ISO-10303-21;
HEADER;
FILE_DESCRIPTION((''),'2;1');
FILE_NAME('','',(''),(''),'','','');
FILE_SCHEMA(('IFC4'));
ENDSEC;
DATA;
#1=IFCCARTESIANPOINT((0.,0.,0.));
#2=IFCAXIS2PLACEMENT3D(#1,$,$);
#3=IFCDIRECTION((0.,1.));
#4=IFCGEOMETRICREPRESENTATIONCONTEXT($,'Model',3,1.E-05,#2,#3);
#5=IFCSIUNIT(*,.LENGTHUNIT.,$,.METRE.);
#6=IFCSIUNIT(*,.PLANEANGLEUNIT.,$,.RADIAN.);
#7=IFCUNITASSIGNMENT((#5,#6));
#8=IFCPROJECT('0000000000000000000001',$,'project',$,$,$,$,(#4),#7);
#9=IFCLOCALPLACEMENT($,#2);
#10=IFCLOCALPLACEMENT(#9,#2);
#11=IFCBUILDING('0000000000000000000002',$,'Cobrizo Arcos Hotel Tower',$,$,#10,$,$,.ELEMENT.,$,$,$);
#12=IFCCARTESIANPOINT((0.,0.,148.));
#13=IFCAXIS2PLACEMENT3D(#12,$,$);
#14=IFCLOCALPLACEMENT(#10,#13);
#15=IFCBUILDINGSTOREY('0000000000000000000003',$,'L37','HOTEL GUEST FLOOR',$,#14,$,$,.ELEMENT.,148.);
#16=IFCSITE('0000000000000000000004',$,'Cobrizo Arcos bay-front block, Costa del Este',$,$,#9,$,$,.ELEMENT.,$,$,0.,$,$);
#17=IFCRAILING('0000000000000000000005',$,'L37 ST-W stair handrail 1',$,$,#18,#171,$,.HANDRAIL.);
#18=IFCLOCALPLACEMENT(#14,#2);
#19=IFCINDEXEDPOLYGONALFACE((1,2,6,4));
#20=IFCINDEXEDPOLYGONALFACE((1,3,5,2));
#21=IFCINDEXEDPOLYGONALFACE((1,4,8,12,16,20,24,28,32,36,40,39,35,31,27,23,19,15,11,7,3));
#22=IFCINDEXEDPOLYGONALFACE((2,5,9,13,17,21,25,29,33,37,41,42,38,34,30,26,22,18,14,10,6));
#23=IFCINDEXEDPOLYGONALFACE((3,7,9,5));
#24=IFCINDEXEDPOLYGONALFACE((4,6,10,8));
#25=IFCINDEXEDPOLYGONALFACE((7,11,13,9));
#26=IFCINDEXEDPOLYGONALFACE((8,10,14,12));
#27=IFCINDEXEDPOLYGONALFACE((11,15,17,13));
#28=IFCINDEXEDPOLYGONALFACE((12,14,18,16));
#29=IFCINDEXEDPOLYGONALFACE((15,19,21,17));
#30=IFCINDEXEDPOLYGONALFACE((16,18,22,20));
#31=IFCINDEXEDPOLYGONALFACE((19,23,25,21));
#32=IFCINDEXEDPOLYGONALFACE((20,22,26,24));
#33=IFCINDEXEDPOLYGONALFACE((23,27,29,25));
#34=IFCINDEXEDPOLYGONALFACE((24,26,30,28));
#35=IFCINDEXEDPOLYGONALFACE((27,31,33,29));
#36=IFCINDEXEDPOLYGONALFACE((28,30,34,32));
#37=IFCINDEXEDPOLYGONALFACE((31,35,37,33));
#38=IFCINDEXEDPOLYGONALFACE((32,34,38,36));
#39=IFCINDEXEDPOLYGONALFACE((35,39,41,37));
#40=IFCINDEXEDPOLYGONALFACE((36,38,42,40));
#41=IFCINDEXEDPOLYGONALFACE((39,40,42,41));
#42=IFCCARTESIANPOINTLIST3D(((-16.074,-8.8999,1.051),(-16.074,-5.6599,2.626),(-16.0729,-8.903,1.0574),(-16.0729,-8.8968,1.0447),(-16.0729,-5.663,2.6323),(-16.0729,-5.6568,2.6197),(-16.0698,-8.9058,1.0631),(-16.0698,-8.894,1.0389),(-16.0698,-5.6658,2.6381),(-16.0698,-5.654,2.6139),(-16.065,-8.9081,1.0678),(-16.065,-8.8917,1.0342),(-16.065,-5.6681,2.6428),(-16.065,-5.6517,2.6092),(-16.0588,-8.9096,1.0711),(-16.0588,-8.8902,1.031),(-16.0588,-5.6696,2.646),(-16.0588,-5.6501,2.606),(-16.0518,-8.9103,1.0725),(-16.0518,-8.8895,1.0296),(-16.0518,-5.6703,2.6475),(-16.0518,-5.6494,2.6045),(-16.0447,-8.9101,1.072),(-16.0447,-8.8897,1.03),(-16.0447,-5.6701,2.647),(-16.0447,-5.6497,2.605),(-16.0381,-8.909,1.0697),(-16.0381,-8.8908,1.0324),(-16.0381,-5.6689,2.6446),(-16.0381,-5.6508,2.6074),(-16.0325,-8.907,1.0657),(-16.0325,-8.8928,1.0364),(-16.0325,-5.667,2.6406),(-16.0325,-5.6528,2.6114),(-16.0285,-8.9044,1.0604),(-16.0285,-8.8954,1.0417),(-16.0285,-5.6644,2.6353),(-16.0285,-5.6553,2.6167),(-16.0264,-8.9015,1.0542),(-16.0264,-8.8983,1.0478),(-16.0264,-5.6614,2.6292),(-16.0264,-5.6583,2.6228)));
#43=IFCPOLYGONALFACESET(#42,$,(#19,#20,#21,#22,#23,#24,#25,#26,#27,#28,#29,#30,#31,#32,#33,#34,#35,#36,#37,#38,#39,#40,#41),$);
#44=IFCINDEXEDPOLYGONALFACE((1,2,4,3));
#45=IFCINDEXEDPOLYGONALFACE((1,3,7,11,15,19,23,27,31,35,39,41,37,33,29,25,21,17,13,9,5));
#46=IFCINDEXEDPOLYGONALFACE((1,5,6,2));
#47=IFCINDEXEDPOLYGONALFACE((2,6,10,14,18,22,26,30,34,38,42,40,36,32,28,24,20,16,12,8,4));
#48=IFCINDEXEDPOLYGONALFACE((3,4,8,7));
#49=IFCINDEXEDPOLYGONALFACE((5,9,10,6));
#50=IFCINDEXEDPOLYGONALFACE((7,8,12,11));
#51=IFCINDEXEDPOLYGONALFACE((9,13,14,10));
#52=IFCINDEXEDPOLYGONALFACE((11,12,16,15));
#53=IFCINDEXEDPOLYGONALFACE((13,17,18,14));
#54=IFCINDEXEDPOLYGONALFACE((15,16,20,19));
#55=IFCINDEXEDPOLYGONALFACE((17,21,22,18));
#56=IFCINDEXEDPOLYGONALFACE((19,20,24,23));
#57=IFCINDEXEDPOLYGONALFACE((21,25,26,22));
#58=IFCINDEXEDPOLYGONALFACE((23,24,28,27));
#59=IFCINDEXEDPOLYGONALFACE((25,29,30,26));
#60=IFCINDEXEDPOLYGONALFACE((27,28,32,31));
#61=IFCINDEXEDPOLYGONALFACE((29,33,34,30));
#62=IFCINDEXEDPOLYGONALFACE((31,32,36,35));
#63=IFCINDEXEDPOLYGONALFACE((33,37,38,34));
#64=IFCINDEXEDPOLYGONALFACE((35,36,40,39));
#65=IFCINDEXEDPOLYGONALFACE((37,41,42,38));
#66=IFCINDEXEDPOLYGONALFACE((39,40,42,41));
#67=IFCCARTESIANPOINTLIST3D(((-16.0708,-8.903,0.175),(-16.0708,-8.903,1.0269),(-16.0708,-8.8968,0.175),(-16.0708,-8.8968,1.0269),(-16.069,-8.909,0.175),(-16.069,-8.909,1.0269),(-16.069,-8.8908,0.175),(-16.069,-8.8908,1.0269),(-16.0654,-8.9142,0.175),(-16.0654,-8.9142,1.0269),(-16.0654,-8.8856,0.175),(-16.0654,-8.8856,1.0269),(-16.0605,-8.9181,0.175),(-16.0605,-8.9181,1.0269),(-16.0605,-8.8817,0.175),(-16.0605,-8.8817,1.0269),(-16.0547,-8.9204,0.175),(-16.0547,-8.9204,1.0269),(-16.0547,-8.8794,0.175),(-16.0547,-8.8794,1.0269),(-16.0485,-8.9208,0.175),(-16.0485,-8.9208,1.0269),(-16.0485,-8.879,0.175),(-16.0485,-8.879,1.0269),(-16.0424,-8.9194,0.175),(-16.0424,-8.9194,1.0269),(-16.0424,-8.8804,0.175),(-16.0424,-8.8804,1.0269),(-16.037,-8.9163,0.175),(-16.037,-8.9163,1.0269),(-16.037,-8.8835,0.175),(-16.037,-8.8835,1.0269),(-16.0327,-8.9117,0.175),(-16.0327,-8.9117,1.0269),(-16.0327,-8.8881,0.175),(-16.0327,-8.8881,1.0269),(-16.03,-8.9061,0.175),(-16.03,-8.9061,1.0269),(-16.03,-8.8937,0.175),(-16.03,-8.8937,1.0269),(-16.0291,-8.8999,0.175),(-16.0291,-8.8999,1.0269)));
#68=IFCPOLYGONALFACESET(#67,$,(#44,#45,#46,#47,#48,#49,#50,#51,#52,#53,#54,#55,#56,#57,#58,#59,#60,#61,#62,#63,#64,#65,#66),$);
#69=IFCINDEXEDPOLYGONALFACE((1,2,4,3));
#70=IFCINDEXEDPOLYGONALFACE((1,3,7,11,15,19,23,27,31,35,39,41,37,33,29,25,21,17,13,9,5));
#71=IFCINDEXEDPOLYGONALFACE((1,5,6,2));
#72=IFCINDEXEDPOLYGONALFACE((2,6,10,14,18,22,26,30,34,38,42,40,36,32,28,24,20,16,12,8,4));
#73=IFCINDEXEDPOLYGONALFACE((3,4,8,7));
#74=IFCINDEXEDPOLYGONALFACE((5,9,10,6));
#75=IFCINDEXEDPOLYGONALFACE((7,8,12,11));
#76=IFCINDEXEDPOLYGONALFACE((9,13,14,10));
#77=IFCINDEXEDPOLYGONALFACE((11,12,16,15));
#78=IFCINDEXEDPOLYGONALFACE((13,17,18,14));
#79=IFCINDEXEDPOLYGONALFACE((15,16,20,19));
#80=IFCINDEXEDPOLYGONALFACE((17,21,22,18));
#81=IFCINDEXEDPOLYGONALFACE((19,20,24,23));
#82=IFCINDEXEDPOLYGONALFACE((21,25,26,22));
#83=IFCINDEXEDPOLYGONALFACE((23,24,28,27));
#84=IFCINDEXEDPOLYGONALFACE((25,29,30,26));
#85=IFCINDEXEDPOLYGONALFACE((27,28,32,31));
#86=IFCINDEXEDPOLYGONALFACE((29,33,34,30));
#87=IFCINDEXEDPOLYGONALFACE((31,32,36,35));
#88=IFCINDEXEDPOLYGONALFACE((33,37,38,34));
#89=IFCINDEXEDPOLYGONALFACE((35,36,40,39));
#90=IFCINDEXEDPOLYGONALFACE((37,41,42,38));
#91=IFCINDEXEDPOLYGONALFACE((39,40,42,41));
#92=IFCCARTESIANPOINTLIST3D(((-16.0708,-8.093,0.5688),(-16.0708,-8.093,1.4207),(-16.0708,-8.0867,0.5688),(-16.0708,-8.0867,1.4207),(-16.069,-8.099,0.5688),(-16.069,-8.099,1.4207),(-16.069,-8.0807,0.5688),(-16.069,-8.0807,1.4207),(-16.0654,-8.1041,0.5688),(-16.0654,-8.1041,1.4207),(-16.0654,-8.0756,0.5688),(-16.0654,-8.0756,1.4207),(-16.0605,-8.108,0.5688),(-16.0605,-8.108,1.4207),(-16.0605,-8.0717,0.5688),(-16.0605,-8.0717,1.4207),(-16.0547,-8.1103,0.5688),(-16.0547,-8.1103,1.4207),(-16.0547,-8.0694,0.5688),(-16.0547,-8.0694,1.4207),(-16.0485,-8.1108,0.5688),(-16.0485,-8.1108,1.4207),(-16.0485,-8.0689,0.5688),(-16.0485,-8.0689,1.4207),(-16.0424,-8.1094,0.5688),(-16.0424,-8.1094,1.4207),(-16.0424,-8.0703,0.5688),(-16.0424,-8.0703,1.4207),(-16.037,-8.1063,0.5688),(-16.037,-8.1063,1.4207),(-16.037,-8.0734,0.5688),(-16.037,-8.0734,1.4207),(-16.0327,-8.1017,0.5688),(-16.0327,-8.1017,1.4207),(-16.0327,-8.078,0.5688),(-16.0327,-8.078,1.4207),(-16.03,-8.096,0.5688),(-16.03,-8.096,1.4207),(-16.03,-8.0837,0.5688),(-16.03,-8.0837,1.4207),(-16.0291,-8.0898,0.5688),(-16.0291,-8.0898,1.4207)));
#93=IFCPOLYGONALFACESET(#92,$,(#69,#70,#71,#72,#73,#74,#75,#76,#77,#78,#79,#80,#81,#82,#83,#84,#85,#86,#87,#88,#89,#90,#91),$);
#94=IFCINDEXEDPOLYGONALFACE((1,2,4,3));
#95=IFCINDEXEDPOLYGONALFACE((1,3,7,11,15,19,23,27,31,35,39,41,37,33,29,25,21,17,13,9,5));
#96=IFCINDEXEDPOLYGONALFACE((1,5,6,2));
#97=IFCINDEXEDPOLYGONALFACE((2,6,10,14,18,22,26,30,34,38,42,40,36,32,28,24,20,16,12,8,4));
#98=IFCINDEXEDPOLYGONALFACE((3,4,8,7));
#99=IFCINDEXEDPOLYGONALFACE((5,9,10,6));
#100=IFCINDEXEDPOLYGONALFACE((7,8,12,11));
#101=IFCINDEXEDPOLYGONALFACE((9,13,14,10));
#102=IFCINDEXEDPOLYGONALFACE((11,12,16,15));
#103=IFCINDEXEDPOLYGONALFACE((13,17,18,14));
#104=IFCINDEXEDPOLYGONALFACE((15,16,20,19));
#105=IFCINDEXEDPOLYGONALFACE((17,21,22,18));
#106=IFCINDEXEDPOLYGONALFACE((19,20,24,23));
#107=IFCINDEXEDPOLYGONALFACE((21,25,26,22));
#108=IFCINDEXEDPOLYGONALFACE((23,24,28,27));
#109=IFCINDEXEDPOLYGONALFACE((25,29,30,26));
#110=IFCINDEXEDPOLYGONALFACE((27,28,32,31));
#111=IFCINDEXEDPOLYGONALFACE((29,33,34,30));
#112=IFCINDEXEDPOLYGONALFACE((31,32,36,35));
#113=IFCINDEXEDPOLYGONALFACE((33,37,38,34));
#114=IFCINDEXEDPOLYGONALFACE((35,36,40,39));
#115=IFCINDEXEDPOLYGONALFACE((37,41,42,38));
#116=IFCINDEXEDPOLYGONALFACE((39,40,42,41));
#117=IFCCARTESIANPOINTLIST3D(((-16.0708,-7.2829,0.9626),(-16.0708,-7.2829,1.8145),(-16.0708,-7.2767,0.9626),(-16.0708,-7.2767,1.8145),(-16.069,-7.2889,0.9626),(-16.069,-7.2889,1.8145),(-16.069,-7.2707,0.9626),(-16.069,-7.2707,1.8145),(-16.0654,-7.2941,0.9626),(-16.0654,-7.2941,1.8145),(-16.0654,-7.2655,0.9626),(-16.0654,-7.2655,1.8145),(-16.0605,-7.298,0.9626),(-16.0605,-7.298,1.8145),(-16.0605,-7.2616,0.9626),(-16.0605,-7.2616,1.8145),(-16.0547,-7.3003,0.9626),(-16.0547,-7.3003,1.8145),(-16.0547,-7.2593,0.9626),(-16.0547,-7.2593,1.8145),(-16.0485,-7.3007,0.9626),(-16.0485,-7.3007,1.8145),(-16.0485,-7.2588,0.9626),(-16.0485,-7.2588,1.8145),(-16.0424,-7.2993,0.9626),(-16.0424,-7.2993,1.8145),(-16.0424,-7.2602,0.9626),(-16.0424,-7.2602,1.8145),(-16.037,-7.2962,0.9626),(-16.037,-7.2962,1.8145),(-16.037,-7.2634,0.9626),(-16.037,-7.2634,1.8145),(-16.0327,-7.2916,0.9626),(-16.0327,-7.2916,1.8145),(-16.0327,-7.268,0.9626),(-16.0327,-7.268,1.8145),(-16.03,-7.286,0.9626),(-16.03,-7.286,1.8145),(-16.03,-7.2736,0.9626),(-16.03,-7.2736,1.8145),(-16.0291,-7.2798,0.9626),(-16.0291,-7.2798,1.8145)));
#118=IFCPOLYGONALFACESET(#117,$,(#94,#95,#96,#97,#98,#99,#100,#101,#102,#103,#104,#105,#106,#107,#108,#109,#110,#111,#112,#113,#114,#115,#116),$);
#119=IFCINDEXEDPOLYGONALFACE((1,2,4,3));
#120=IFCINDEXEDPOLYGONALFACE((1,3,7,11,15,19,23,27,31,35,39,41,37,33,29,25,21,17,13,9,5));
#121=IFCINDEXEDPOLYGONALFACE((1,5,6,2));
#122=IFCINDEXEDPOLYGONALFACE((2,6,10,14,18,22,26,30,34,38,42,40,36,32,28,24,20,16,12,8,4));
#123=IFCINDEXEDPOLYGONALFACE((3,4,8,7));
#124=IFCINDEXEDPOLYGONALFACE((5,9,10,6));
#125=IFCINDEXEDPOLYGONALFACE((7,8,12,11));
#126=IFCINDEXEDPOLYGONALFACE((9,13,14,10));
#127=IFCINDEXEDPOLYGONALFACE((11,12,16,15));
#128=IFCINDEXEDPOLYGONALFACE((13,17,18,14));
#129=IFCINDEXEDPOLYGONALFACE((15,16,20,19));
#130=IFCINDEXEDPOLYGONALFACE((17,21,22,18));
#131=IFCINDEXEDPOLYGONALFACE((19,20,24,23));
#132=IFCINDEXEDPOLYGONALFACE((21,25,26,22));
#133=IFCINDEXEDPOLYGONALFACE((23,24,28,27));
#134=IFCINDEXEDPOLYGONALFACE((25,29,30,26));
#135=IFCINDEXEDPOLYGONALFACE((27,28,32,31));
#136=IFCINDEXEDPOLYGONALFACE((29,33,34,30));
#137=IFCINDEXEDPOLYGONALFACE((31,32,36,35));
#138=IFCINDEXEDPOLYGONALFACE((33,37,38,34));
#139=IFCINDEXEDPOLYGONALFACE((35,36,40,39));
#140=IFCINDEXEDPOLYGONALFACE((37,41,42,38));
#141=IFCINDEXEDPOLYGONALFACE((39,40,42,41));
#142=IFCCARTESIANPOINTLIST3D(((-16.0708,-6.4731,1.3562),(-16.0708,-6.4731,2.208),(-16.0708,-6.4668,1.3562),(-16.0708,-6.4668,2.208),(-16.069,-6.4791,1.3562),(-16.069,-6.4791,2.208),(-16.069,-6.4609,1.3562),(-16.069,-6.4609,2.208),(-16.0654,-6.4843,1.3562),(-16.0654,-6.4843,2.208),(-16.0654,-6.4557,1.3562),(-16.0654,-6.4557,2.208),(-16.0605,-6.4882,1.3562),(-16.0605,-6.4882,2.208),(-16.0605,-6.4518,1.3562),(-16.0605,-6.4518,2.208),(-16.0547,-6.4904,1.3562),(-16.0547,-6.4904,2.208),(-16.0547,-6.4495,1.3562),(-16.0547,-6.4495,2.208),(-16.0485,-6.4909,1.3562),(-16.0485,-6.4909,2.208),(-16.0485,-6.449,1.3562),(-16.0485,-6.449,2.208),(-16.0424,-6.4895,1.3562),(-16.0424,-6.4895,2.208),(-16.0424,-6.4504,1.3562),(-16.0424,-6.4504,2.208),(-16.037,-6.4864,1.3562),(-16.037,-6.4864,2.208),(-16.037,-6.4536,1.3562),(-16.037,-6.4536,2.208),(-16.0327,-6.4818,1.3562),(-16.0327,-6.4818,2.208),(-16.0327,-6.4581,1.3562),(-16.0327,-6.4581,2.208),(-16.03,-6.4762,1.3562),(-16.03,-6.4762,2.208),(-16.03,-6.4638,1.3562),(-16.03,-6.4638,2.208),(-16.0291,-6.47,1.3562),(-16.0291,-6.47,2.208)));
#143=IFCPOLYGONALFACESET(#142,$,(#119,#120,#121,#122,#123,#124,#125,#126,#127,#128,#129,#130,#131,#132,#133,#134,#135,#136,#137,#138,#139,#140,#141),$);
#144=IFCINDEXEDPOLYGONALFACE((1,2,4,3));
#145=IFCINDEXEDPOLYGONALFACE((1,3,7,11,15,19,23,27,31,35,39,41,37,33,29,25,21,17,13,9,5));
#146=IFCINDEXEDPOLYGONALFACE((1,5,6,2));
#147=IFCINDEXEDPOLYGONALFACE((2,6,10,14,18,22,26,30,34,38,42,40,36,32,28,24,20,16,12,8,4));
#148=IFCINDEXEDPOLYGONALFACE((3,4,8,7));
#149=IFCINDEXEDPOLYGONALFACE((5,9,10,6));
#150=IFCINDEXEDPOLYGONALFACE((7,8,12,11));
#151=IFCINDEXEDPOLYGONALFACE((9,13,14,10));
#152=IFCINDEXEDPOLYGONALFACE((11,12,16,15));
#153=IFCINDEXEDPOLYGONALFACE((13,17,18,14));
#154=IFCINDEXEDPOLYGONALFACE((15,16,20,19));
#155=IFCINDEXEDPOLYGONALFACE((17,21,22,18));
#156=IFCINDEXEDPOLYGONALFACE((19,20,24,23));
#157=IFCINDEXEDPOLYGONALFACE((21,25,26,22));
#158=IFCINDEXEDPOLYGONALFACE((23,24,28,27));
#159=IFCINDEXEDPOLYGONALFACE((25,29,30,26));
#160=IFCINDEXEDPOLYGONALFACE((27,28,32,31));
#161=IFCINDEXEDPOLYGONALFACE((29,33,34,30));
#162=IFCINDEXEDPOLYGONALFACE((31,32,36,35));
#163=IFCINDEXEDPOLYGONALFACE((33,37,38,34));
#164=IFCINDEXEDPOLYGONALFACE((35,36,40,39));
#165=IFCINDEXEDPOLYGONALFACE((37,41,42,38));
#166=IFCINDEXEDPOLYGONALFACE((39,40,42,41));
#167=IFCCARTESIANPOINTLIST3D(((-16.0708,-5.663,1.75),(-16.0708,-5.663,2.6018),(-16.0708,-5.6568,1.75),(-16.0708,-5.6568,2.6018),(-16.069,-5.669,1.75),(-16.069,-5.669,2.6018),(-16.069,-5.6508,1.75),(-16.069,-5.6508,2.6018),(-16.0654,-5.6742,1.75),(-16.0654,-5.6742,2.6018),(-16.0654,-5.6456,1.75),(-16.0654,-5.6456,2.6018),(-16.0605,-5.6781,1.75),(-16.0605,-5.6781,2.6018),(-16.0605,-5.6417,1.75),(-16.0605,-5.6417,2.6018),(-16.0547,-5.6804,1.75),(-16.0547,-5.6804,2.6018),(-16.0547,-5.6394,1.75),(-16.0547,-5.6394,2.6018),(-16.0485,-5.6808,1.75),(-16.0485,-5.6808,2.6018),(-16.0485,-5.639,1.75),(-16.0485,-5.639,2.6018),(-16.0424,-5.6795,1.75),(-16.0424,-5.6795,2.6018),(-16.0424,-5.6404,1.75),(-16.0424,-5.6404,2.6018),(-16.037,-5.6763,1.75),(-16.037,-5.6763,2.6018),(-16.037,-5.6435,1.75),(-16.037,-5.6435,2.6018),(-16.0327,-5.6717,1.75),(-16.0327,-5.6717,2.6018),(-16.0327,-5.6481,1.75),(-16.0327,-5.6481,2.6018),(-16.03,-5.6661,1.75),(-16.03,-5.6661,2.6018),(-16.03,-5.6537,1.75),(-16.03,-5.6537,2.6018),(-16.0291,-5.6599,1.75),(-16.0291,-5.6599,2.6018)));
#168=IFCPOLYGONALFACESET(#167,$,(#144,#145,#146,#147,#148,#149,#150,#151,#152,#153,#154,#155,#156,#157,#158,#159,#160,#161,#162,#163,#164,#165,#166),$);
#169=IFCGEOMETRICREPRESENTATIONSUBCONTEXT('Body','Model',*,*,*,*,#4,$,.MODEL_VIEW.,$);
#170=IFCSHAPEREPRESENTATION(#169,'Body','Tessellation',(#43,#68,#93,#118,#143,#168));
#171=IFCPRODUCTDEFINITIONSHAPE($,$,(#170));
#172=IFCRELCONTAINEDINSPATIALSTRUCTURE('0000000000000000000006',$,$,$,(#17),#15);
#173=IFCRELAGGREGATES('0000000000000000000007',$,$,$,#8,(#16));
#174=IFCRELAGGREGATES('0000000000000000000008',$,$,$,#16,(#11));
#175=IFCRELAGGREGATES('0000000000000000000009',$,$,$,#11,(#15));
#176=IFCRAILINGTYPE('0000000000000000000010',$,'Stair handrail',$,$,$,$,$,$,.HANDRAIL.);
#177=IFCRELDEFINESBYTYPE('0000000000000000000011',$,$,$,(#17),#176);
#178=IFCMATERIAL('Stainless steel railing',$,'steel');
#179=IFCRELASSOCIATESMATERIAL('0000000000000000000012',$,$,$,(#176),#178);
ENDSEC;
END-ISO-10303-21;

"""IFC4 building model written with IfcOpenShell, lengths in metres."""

from ifc_helpers import new_model, si_unit, direction, frame, origin, origin_2d, place, context, subcontext, project, spatial, circle, extrude, material, type_object, element, save


model = new_model("IFC4")

# Units and contexts
model_context = context("Model", 3, precision=1e-05, world=origin(), true_north=direction((0.0, 1.0)))
body_context = subcontext(model_context, "Body", "Model", "MODEL_VIEW")
ifc_project = project(units=[si_unit("LENGTHUNIT", "METRE"), si_unit("PLANEANGLEUNIT", "RADIAN")], contexts=[model_context])

# Site, building, storey
site_placement = place(None, origin())
site = spatial("IfcSite", under=ifc_project, at=site_placement, Name="Cobrizo Arcos bay-front block, Costa del Este", CompositionType="ELEMENT", RefElevation=0.0)
building_placement = place(site_placement, origin())
building = spatial("IfcBuilding", under=site, at=building_placement, Name="Cobrizo Arcos Hotel Tower", CompositionType="ELEMENT")
storey_placement = place(building_placement, frame((0.0, 0.0, 148.0)))
storey = spatial("IfcBuildingStorey", under=building, at=storey_placement, Name="L37", Description="HOTEL GUEST FLOOR", CompositionType="ELEMENT", Elevation=148.0)

# Railing
ifc_material_1 = material(Name="Stainless steel railing", Category="steel")
railing_type = type_object("IfcRailingType", Name="Stair handrail", PredefinedType="HANDRAIL", material=ifc_material_1)
railing_placement = place(storey_placement, frame((-16.05, -8.8999, 0.175)))
element("IfcRailing", 1, at=railing_placement, inside=storey, type_object=railing_type, Name="L37 ST-W stair handrail 1", PredefinedType="HANDRAIL", context=body_context, shape_type="SweptSolid", body=[
    extrude(circle(Radius=0.0239, at=origin_2d()), frame((0.0, 0.0, 0.876), z_axis=(0.0, 0.899373, 0.437183), x_axis=(-1.0, 0.0, 0.0)), (0.0, 0.0, 1.0), 3.6025),
    extrude(circle(Radius=0.021, at=origin_2d()), origin(), (0.0, 0.0, 1.0), 0.8518),
    extrude(circle(Radius=0.021, at=origin_2d()), frame((0.0, 0.8101, 0.3938)), (0.0, 0.0, 1.0), 0.8518),
    extrude(circle(Radius=0.021, at=origin_2d()), frame((0.0, 1.6201, 0.7876)), (0.0, 0.0, 1.0), 0.8518),
    extrude(circle(Radius=0.021, at=origin_2d()), frame((0.0, 2.4299, 1.1812)), (0.0, 0.0, 1.0), 0.8518),
    extrude(circle(Radius=0.021, at=origin_2d()), frame((0.0, 3.24, 1.575)), (0.0, 0.0, 1.0), 0.8518),
])

save(model, "model.ifc")
